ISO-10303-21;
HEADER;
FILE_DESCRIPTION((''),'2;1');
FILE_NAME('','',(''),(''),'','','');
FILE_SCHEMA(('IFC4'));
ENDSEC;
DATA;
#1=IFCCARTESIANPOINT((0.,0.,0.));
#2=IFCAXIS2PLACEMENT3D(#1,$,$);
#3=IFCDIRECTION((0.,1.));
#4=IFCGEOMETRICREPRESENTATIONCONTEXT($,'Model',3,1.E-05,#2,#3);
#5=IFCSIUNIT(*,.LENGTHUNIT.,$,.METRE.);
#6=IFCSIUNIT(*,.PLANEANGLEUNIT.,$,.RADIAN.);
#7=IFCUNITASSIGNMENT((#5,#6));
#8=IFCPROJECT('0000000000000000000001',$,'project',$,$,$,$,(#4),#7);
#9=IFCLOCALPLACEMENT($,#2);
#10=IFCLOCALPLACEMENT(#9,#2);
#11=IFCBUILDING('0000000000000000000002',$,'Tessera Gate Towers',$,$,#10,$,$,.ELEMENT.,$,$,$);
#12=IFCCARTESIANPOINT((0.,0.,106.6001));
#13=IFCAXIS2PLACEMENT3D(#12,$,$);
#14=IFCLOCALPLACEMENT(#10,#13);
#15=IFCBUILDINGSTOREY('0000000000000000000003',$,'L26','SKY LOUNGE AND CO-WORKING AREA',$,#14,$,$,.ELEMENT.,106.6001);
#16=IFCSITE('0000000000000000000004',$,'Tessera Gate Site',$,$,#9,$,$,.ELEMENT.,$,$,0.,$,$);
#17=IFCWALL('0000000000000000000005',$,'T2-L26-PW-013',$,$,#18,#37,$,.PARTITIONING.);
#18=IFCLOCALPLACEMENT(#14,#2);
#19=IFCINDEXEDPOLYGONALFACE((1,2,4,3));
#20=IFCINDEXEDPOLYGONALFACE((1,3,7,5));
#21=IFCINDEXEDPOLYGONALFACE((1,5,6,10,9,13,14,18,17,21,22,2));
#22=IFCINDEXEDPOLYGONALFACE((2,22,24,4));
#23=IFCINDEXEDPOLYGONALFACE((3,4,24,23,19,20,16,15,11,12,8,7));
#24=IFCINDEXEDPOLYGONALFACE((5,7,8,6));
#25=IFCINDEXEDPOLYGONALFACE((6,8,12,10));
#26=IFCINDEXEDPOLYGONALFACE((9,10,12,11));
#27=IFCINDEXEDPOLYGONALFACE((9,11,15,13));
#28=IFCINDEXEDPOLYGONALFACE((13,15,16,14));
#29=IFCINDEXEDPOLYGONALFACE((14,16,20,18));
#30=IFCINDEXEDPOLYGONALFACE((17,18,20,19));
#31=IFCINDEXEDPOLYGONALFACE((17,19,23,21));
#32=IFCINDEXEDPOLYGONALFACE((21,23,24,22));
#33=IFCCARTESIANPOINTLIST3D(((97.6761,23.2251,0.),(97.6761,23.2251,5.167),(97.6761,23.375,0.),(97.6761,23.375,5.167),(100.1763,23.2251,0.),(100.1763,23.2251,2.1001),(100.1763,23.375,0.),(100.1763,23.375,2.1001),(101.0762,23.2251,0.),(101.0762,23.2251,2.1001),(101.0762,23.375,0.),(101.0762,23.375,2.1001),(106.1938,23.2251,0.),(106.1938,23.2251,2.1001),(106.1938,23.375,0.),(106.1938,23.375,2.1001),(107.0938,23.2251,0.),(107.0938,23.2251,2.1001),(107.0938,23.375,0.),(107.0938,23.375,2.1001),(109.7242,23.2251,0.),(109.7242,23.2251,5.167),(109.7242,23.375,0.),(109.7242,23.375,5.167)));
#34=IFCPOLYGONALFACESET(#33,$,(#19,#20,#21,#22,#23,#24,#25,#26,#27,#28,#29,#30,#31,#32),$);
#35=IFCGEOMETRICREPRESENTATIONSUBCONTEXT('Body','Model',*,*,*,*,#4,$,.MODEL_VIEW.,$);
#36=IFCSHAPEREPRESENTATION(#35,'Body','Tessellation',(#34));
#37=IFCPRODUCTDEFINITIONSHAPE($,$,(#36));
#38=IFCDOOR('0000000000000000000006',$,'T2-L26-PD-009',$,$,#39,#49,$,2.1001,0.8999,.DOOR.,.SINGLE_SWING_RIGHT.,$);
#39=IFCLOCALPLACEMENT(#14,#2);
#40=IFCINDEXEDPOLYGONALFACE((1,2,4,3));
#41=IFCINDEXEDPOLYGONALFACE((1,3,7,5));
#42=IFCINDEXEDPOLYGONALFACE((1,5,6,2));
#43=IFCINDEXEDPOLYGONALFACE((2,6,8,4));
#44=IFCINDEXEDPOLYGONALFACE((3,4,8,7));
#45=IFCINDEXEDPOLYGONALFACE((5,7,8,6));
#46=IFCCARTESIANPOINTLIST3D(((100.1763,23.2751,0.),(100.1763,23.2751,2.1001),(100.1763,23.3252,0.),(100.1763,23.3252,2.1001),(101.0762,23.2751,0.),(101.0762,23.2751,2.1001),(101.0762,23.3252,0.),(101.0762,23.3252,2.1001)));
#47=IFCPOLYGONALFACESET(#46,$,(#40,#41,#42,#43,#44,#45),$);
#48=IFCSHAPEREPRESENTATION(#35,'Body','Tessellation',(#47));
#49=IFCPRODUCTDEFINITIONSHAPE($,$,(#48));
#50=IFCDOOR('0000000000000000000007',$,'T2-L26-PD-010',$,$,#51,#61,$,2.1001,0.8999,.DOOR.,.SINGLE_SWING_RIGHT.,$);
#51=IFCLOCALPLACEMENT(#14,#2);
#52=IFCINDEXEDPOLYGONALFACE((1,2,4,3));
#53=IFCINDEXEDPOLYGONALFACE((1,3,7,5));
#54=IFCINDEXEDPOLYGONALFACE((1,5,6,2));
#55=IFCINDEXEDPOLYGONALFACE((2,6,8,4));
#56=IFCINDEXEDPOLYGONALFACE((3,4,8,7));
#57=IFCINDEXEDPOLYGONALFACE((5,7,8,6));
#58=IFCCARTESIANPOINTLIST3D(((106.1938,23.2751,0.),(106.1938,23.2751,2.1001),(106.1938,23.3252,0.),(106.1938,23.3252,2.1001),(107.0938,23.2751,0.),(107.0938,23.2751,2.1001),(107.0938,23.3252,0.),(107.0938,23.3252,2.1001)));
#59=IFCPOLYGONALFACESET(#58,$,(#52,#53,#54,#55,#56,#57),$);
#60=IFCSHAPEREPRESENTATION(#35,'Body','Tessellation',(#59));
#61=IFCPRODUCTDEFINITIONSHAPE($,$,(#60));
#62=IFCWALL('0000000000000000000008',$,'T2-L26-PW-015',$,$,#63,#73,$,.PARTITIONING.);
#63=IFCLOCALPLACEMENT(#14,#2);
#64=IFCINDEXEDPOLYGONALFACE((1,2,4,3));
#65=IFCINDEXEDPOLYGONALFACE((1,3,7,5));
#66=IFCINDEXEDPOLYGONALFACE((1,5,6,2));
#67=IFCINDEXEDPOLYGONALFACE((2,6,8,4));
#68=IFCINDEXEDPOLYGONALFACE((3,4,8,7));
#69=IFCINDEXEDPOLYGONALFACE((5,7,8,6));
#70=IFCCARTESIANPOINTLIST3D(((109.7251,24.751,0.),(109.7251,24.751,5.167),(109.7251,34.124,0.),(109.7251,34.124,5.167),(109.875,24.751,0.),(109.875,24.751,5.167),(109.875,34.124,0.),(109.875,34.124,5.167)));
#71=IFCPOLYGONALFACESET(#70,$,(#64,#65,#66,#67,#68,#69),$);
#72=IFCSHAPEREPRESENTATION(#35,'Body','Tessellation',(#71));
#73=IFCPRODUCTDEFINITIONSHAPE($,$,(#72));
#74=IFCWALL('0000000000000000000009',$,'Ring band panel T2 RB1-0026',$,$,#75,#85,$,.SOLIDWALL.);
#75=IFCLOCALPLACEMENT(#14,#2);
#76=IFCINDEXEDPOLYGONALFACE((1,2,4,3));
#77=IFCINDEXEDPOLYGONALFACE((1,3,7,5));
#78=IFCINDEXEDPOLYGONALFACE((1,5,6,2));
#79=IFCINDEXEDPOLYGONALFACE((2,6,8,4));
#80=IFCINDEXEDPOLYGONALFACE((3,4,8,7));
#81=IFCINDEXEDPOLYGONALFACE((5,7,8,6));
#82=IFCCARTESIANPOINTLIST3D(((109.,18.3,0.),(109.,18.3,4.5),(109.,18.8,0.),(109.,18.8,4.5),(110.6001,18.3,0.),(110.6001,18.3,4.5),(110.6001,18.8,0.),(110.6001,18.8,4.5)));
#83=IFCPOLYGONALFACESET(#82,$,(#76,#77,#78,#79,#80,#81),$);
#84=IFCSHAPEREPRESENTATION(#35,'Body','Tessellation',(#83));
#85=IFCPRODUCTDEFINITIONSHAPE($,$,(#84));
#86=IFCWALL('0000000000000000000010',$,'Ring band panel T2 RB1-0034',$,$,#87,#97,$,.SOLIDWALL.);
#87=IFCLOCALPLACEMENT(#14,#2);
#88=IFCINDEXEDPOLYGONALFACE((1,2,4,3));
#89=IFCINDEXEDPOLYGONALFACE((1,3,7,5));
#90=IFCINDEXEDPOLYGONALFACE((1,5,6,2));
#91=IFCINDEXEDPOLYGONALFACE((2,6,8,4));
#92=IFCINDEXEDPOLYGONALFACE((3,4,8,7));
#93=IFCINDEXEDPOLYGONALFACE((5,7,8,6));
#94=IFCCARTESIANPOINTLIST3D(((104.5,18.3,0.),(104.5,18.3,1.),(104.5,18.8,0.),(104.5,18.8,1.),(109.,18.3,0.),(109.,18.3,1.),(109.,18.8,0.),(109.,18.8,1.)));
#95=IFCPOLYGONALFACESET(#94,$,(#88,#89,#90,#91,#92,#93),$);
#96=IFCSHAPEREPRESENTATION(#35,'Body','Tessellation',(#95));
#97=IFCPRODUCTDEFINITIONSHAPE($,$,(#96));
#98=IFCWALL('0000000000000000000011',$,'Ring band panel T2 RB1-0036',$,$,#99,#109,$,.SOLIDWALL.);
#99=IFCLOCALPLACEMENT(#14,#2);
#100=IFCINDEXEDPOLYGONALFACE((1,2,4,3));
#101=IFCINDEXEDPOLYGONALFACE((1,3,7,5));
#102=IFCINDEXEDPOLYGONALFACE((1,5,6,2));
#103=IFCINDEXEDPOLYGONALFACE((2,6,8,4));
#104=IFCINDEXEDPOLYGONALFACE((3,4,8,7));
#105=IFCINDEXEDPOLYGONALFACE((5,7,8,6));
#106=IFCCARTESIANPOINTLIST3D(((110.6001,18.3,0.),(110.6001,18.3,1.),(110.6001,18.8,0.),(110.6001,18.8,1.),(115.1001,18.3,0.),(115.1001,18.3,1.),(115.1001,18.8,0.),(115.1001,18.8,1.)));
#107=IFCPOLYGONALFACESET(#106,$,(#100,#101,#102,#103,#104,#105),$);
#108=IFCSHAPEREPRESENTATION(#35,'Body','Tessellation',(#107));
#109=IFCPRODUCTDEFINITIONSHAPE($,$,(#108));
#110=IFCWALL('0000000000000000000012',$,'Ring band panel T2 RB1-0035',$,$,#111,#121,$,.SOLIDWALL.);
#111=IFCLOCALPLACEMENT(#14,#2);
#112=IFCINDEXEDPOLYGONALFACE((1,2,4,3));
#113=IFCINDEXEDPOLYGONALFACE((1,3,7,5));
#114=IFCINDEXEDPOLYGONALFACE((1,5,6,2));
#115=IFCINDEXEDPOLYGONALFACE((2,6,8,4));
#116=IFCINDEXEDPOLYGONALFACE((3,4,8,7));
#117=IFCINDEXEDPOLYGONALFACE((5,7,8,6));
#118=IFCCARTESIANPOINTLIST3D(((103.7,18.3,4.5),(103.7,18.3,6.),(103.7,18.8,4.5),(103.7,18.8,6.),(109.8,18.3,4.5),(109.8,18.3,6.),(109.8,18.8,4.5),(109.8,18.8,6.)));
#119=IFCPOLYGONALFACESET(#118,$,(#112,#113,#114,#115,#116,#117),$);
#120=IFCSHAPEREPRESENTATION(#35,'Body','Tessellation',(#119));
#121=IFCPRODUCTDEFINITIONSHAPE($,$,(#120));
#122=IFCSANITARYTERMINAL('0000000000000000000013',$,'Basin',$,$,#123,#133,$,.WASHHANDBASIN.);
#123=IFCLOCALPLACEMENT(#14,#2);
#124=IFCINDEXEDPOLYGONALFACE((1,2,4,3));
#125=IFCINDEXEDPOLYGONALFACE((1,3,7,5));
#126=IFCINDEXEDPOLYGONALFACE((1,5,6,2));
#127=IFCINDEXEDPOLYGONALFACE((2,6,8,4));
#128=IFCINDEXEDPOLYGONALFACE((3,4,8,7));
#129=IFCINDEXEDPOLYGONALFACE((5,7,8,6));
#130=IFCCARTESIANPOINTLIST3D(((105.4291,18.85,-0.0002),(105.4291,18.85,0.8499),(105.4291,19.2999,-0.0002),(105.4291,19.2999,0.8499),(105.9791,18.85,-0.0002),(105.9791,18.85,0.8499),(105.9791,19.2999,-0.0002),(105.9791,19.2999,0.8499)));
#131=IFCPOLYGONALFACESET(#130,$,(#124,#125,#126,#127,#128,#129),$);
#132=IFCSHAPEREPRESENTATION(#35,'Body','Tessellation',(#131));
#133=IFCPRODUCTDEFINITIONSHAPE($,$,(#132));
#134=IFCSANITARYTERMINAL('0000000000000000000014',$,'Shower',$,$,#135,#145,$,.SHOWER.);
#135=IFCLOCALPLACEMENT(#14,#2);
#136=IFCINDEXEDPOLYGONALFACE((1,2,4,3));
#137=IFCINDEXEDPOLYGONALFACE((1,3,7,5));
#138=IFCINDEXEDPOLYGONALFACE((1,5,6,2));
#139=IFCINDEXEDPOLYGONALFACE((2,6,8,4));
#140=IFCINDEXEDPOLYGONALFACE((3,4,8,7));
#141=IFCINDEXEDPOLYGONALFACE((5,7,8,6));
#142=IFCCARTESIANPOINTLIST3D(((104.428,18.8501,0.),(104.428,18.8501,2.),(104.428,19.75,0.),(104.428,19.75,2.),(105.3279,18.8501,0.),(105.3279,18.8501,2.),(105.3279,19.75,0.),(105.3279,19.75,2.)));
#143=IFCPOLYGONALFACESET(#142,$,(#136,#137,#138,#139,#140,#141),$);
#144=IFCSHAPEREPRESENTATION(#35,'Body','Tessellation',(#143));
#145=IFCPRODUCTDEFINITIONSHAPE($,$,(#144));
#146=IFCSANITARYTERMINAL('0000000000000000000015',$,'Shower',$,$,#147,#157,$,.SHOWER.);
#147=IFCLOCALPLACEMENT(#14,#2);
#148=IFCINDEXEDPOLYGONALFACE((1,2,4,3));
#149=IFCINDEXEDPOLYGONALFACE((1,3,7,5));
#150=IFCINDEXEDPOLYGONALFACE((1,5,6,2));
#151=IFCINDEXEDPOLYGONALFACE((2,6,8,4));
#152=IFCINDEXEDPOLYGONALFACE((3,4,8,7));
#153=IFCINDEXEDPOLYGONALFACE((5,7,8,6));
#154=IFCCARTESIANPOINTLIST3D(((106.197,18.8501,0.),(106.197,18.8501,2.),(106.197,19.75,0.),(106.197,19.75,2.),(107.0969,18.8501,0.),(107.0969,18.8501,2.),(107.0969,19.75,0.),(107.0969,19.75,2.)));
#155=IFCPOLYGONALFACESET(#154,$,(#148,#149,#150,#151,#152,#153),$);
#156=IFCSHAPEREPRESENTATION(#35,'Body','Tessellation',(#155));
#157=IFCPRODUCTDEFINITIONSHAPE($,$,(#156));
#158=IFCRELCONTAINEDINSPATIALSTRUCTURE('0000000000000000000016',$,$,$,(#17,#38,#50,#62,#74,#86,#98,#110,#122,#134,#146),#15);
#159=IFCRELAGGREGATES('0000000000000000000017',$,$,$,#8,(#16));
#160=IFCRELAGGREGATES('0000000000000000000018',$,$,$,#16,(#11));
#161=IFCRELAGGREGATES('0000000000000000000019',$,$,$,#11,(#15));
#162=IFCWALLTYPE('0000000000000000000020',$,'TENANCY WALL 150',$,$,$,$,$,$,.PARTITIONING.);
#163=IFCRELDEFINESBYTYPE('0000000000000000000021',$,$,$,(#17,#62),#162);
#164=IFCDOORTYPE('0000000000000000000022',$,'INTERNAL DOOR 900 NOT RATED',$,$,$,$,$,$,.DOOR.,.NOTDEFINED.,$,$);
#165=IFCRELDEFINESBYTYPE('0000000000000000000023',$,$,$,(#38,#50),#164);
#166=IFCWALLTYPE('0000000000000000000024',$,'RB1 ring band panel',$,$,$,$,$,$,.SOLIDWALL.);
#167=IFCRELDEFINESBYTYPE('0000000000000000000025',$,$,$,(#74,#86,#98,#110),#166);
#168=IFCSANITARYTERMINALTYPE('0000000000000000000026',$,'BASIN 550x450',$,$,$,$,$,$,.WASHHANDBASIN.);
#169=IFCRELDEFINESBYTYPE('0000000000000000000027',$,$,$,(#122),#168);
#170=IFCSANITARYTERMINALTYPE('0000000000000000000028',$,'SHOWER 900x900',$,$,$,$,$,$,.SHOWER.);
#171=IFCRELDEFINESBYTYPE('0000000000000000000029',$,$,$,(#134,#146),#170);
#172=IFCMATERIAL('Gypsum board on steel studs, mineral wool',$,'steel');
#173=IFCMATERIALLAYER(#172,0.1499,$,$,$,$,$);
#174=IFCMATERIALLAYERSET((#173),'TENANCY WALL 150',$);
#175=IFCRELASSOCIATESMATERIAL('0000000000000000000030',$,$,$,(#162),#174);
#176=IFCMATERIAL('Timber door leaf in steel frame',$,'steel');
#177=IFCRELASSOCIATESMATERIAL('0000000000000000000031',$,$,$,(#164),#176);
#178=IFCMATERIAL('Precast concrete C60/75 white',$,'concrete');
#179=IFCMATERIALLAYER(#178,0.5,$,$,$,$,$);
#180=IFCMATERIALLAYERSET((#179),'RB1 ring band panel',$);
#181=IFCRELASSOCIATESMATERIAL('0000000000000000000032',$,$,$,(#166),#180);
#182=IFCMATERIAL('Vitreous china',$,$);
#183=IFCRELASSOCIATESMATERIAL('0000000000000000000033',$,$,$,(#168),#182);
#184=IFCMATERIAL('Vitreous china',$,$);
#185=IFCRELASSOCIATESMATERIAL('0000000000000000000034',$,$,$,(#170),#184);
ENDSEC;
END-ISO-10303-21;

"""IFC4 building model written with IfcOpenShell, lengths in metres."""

from ifc_helpers import new_model, si_unit, direction, frame, frame_2d, origin, origin_2d, place, context, subcontext, project, spatial, polyline, rectangle, outline, extrude, source, transform, mapped, material, layer, layer_set, type_object, element, fill, save


model = new_model("IFC4")

# Units and contexts
model_context = context("Model", 3, precision=1e-05, world=origin(), true_north=direction((0.0, 1.0)))
body_context = subcontext(model_context, "Body", "Model", "MODEL_VIEW")
ifc_project = project(units=[si_unit("LENGTHUNIT", "METRE"), si_unit("PLANEANGLEUNIT", "RADIAN")], contexts=[model_context])

# Site, building, storey
site_placement = place(None, origin())
site = spatial("IfcSite", under=ifc_project, at=site_placement, Name="Tessera Gate Site", CompositionType="ELEMENT", RefElevation=0.0)
building_placement = place(site_placement, origin())
building = spatial("IfcBuilding", under=site, at=building_placement, Name="Tessera Gate Towers", CompositionType="ELEMENT")
storey_placement = place(building_placement, frame((0.0, 0.0, 106.6001)))
storey = spatial("IfcBuildingStorey", under=building, at=storey_placement, Name="L26", Description="SKY LOUNGE AND CO-WORKING AREA", CompositionType="ELEMENT", Elevation=106.6001)

# Shared definitions
ifc_material_1 = material(Name="Gypsum board on steel studs, mineral wool", Category="steel")
ifc_layer_1 = layer(ifc_material_1, 0.1499)
ifc_layer_set_1 = layer_set([ifc_layer_1], Name="TENANCY WALL 150")
wall_type_1 = type_object("IfcWallType", Name="TENANCY WALL 150", PredefinedType="PARTITIONING", material=ifc_layer_set_1)

# Wall, openings, doors
wall_1_placement = place(storey_placement, frame((109.7241, 23.3, 0.0), z_axis=(0.0, 0.0, 1.0), x_axis=(-1.0, 0.0, 0.0)))
wall_1 = element("IfcWall", 1, at=wall_1_placement, inside=storey, type_object=wall_type_1, Name="T2-L26-PW-013", PredefinedType="PARTITIONING", context=body_context, shape_type="SweptSolid", body=[
    extrude(rectangle(XDim=12.0481, YDim=0.1499, at=frame_2d((6.0239, 0.0))), origin(), (0.0, 0.0, 1.0), 5.167),
])
shared_shape_1 = source(origin(), body_context, "Body", "SweptSolid", [
    extrude(rectangle(XDim=0.8999, YDim=2.1001, at=frame_2d((0.45, 1.05))), frame((0.0, 0.085, 0.0), z_axis=(0.0, -1.0, 0.0), x_axis=(1.0, 0.0, 0.0)), (0.0, 0.0, 1.0), 0.1699),
])
opening_1_placement = place(wall_1_placement, frame((8.6479, 0.0, 0.0)))
opening_1 = element("IfcOpeningElement", 2, at=opening_1_placement, cuts=wall_1, PredefinedType="OPENING", context=body_context, shape_type="MappedRepresentation", body=[
    mapped(shared_shape_1, transform((0.0, 0.0, 0.0), scale=1.0)),
])
opening_2_placement = place(wall_1_placement, frame((2.6304, 0.0, 0.0)))
opening_2 = element("IfcOpeningElement", 3, at=opening_2_placement, cuts=wall_1, PredefinedType="OPENING", context=body_context, shape_type="MappedRepresentation", body=[
    mapped(shared_shape_1, transform((0.0, 0.0, 0.0), scale=1.0)),
])
ifc_material_2 = material(Name="Timber door leaf in steel frame", Category="steel")
door_type = type_object("IfcDoorType", Name="INTERNAL DOOR 900 NOT RATED", OperationType="NOTDEFINED", PredefinedType="DOOR", material=ifc_material_2)
shared_shape_2 = source(origin(), body_context, "Body", "SweptSolid", [
    extrude(rectangle(XDim=0.8999, YDim=2.1001, at=frame_2d((0.45, 1.05))), frame((0.0, 0.0249, 0.0), z_axis=(0.0, -1.0, 0.0), x_axis=(1.0, 0.0, 0.0)), (0.0, 0.0, 1.0), 0.05),
])
door_1_placement = place(opening_1_placement, origin())
door_1 = element("IfcDoor", 4, at=door_1_placement, inside=storey, type_object=door_type, Name="T2-L26-PD-009", OperationType="SINGLE_SWING_RIGHT", OverallHeight=2.1001, OverallWidth=0.8999, PredefinedType="DOOR", context=body_context, shape_type="MappedRepresentation", body=[
    mapped(shared_shape_2, transform((0.0, 0.0, 0.0), scale=1.0)),
])
fill(opening_1, door_1)
door_2_placement = place(opening_2_placement, origin())
door_2 = element("IfcDoor", 5, at=door_2_placement, inside=storey, type_object=door_type, Name="T2-L26-PD-010", OperationType="SINGLE_SWING_RIGHT", OverallHeight=2.1001, OverallWidth=0.8999, PredefinedType="DOOR", context=body_context, shape_type="MappedRepresentation", body=[
    mapped(shared_shape_2, transform((0.0, 0.0, 0.0), scale=1.0)),
])
fill(opening_2, door_2)

# Walls
wall_2_placement = place(storey_placement, frame((109.8, 24.751, 0.0), z_axis=(0.0, 0.0, 1.0), x_axis=(0.0, 1.0, 0.0)))
element("IfcWall", 6, at=wall_2_placement, inside=storey, type_object=wall_type_1, Name="T2-L26-PW-015", PredefinedType="PARTITIONING", context=body_context, shape_type="SweptSolid", body=[
    extrude(rectangle(XDim=9.373, YDim=0.1499, at=frame_2d((4.6865, 0.0))), origin(), (0.0, 0.0, 1.0), 5.167),
])
ifc_material_3 = material(Name="Precast concrete C60/75 white", Category="concrete")
ifc_layer_2 = layer(ifc_material_3, 0.5)
ifc_layer_set_2 = layer_set([ifc_layer_2], Name="RB1 ring band panel")
wall_type_2 = type_object("IfcWallType", Name="RB1 ring band panel", PredefinedType="SOLIDWALL", material=ifc_layer_set_2)
shared_shape_3 = source(origin(), body_context, "Body", "SweptSolid", [
    extrude(outline(polyline([(0.0, 0.0), (1.6001, 0.0), (1.6001, 4.5), (0.0, 4.5), (0.0, 0.0)])), frame((0.0, 0.25, 0.0), z_axis=(0.0, -1.0, 0.0), x_axis=(1.0, 0.0, 0.0)), (0.0, 0.0, 1.0), 0.5),
])
wall_3_placement = place(storey_placement, frame((109.0, 18.55, 0.0), z_axis=(0.0, 0.0, 1.0), x_axis=(1.0, 0.0, 0.0)))
element("IfcWall", 7, at=wall_3_placement, inside=storey, type_object=wall_type_2, Name="Ring band panel T2 RB1-0026", PredefinedType="SOLIDWALL", context=body_context, shape_type="MappedRepresentation", body=[
    mapped(shared_shape_3, transform((0.0, 0.0, 0.0), scale=1.0)),
])
shared_shape_4 = source(origin(), body_context, "Body", "SweptSolid", [
    extrude(outline(polyline([(0.0, 0.0), (4.5, 0.0), (4.5, 1.0), (0.0, 1.0), (0.0, 0.0)])), frame((0.0, 0.25, 0.0), z_axis=(0.0, -1.0, 0.0), x_axis=(1.0, 0.0, 0.0)), (0.0, 0.0, 1.0), 0.5),
])
for number, where, z_axis, x_axis, name in (
    (8, (104.5, 18.55, 0.0), (0.0, 0.0, 1.0), (1.0, 0.0, 0.0), "Ring band panel T2 RB1-0034"),
    (9, (110.6001, 18.55, 0.0), (0.0, 0.0, 1.0), (1.0, 0.0, 0.0), "Ring band panel T2 RB1-0036"),
):
    element("IfcWall", number, at=place(storey_placement, frame(where, z_axis=z_axis, x_axis=x_axis)), inside=storey, type_object=wall_type_2, Name=name, PredefinedType="SOLIDWALL", context=body_context, shape_type="MappedRepresentation", body=[
        mapped(shared_shape_4, transform((0.0, 0.0, 0.0), scale=1.0)),
    ])
shared_shape_5 = source(origin(), body_context, "Body", "SweptSolid", [
    extrude(outline(polyline([(0.0, 0.0), (6.1001, 0.0), (6.1001, 1.5), (0.0, 1.5), (0.0, 0.0)])), frame((0.0, 0.25, 0.0), z_axis=(0.0, -1.0, 0.0), x_axis=(1.0, 0.0, 0.0)), (0.0, 0.0, 1.0), 0.5),
])
wall_4_placement = place(storey_placement, frame((103.7, 18.55, 4.5), z_axis=(0.0, 0.0, 1.0), x_axis=(1.0, 0.0, 0.0)))
element("IfcWall", 10, at=wall_4_placement, inside=storey, type_object=wall_type_2, Name="Ring band panel T2 RB1-0035", PredefinedType="SOLIDWALL", context=body_context, shape_type="MappedRepresentation", body=[
    mapped(shared_shape_5, transform((0.0, 0.0, 0.0), scale=1.0)),
])

# Sanitary terminals
ifc_material_4 = material(Name="Vitreous china")
sanitary_terminal_type_1 = type_object("IfcSanitaryTerminalType", Name="BASIN 550x450", PredefinedType="WASHHANDBASIN", material=ifc_material_4)
sanitary_terminal_placement = place(storey_placement, frame((105.7041, 19.075, -0.0002), z_axis=(0.0, 0.0, 1.0), x_axis=(1.0, 0.0, 0.0)))
element("IfcSanitaryTerminal", 11, at=sanitary_terminal_placement, inside=storey, type_object=sanitary_terminal_type_1, Name="Basin", PredefinedType="WASHHANDBASIN", context=body_context, shape_type="SweptSolid", body=[
    extrude(rectangle(XDim=0.55, YDim=0.45, at=origin_2d()), origin(), (0.0, 0.0, 1.0), 0.8501),
])
ifc_material_5 = material(Name="Vitreous china")
sanitary_terminal_type_2 = type_object("IfcSanitaryTerminalType", Name="SHOWER 900x900", PredefinedType="SHOWER", material=ifc_material_5)
for number, where, z_axis, x_axis, name in (
    (12, (104.8779, 19.3, 0.0), (0.0, 0.0, 1.0), (1.0, 0.0, 0.0), "Shower"),
    (13, (106.647, 19.3, 0.0), (0.0, 0.0, 1.0), (1.0, 0.0, 0.0), "Shower"),
):
    element("IfcSanitaryTerminal", number, at=place(storey_placement, frame(where, z_axis=z_axis, x_axis=x_axis)), inside=storey, type_object=sanitary_terminal_type_2, Name=name, PredefinedType="SHOWER", context=body_context, shape_type="SweptSolid", body=[
        extrude(rectangle(XDim=0.8999, YDim=0.8999, at=origin_2d()), origin(), (0.0, 0.0, 1.0), 2.0),
    ])

save(model, "model.ifc")
